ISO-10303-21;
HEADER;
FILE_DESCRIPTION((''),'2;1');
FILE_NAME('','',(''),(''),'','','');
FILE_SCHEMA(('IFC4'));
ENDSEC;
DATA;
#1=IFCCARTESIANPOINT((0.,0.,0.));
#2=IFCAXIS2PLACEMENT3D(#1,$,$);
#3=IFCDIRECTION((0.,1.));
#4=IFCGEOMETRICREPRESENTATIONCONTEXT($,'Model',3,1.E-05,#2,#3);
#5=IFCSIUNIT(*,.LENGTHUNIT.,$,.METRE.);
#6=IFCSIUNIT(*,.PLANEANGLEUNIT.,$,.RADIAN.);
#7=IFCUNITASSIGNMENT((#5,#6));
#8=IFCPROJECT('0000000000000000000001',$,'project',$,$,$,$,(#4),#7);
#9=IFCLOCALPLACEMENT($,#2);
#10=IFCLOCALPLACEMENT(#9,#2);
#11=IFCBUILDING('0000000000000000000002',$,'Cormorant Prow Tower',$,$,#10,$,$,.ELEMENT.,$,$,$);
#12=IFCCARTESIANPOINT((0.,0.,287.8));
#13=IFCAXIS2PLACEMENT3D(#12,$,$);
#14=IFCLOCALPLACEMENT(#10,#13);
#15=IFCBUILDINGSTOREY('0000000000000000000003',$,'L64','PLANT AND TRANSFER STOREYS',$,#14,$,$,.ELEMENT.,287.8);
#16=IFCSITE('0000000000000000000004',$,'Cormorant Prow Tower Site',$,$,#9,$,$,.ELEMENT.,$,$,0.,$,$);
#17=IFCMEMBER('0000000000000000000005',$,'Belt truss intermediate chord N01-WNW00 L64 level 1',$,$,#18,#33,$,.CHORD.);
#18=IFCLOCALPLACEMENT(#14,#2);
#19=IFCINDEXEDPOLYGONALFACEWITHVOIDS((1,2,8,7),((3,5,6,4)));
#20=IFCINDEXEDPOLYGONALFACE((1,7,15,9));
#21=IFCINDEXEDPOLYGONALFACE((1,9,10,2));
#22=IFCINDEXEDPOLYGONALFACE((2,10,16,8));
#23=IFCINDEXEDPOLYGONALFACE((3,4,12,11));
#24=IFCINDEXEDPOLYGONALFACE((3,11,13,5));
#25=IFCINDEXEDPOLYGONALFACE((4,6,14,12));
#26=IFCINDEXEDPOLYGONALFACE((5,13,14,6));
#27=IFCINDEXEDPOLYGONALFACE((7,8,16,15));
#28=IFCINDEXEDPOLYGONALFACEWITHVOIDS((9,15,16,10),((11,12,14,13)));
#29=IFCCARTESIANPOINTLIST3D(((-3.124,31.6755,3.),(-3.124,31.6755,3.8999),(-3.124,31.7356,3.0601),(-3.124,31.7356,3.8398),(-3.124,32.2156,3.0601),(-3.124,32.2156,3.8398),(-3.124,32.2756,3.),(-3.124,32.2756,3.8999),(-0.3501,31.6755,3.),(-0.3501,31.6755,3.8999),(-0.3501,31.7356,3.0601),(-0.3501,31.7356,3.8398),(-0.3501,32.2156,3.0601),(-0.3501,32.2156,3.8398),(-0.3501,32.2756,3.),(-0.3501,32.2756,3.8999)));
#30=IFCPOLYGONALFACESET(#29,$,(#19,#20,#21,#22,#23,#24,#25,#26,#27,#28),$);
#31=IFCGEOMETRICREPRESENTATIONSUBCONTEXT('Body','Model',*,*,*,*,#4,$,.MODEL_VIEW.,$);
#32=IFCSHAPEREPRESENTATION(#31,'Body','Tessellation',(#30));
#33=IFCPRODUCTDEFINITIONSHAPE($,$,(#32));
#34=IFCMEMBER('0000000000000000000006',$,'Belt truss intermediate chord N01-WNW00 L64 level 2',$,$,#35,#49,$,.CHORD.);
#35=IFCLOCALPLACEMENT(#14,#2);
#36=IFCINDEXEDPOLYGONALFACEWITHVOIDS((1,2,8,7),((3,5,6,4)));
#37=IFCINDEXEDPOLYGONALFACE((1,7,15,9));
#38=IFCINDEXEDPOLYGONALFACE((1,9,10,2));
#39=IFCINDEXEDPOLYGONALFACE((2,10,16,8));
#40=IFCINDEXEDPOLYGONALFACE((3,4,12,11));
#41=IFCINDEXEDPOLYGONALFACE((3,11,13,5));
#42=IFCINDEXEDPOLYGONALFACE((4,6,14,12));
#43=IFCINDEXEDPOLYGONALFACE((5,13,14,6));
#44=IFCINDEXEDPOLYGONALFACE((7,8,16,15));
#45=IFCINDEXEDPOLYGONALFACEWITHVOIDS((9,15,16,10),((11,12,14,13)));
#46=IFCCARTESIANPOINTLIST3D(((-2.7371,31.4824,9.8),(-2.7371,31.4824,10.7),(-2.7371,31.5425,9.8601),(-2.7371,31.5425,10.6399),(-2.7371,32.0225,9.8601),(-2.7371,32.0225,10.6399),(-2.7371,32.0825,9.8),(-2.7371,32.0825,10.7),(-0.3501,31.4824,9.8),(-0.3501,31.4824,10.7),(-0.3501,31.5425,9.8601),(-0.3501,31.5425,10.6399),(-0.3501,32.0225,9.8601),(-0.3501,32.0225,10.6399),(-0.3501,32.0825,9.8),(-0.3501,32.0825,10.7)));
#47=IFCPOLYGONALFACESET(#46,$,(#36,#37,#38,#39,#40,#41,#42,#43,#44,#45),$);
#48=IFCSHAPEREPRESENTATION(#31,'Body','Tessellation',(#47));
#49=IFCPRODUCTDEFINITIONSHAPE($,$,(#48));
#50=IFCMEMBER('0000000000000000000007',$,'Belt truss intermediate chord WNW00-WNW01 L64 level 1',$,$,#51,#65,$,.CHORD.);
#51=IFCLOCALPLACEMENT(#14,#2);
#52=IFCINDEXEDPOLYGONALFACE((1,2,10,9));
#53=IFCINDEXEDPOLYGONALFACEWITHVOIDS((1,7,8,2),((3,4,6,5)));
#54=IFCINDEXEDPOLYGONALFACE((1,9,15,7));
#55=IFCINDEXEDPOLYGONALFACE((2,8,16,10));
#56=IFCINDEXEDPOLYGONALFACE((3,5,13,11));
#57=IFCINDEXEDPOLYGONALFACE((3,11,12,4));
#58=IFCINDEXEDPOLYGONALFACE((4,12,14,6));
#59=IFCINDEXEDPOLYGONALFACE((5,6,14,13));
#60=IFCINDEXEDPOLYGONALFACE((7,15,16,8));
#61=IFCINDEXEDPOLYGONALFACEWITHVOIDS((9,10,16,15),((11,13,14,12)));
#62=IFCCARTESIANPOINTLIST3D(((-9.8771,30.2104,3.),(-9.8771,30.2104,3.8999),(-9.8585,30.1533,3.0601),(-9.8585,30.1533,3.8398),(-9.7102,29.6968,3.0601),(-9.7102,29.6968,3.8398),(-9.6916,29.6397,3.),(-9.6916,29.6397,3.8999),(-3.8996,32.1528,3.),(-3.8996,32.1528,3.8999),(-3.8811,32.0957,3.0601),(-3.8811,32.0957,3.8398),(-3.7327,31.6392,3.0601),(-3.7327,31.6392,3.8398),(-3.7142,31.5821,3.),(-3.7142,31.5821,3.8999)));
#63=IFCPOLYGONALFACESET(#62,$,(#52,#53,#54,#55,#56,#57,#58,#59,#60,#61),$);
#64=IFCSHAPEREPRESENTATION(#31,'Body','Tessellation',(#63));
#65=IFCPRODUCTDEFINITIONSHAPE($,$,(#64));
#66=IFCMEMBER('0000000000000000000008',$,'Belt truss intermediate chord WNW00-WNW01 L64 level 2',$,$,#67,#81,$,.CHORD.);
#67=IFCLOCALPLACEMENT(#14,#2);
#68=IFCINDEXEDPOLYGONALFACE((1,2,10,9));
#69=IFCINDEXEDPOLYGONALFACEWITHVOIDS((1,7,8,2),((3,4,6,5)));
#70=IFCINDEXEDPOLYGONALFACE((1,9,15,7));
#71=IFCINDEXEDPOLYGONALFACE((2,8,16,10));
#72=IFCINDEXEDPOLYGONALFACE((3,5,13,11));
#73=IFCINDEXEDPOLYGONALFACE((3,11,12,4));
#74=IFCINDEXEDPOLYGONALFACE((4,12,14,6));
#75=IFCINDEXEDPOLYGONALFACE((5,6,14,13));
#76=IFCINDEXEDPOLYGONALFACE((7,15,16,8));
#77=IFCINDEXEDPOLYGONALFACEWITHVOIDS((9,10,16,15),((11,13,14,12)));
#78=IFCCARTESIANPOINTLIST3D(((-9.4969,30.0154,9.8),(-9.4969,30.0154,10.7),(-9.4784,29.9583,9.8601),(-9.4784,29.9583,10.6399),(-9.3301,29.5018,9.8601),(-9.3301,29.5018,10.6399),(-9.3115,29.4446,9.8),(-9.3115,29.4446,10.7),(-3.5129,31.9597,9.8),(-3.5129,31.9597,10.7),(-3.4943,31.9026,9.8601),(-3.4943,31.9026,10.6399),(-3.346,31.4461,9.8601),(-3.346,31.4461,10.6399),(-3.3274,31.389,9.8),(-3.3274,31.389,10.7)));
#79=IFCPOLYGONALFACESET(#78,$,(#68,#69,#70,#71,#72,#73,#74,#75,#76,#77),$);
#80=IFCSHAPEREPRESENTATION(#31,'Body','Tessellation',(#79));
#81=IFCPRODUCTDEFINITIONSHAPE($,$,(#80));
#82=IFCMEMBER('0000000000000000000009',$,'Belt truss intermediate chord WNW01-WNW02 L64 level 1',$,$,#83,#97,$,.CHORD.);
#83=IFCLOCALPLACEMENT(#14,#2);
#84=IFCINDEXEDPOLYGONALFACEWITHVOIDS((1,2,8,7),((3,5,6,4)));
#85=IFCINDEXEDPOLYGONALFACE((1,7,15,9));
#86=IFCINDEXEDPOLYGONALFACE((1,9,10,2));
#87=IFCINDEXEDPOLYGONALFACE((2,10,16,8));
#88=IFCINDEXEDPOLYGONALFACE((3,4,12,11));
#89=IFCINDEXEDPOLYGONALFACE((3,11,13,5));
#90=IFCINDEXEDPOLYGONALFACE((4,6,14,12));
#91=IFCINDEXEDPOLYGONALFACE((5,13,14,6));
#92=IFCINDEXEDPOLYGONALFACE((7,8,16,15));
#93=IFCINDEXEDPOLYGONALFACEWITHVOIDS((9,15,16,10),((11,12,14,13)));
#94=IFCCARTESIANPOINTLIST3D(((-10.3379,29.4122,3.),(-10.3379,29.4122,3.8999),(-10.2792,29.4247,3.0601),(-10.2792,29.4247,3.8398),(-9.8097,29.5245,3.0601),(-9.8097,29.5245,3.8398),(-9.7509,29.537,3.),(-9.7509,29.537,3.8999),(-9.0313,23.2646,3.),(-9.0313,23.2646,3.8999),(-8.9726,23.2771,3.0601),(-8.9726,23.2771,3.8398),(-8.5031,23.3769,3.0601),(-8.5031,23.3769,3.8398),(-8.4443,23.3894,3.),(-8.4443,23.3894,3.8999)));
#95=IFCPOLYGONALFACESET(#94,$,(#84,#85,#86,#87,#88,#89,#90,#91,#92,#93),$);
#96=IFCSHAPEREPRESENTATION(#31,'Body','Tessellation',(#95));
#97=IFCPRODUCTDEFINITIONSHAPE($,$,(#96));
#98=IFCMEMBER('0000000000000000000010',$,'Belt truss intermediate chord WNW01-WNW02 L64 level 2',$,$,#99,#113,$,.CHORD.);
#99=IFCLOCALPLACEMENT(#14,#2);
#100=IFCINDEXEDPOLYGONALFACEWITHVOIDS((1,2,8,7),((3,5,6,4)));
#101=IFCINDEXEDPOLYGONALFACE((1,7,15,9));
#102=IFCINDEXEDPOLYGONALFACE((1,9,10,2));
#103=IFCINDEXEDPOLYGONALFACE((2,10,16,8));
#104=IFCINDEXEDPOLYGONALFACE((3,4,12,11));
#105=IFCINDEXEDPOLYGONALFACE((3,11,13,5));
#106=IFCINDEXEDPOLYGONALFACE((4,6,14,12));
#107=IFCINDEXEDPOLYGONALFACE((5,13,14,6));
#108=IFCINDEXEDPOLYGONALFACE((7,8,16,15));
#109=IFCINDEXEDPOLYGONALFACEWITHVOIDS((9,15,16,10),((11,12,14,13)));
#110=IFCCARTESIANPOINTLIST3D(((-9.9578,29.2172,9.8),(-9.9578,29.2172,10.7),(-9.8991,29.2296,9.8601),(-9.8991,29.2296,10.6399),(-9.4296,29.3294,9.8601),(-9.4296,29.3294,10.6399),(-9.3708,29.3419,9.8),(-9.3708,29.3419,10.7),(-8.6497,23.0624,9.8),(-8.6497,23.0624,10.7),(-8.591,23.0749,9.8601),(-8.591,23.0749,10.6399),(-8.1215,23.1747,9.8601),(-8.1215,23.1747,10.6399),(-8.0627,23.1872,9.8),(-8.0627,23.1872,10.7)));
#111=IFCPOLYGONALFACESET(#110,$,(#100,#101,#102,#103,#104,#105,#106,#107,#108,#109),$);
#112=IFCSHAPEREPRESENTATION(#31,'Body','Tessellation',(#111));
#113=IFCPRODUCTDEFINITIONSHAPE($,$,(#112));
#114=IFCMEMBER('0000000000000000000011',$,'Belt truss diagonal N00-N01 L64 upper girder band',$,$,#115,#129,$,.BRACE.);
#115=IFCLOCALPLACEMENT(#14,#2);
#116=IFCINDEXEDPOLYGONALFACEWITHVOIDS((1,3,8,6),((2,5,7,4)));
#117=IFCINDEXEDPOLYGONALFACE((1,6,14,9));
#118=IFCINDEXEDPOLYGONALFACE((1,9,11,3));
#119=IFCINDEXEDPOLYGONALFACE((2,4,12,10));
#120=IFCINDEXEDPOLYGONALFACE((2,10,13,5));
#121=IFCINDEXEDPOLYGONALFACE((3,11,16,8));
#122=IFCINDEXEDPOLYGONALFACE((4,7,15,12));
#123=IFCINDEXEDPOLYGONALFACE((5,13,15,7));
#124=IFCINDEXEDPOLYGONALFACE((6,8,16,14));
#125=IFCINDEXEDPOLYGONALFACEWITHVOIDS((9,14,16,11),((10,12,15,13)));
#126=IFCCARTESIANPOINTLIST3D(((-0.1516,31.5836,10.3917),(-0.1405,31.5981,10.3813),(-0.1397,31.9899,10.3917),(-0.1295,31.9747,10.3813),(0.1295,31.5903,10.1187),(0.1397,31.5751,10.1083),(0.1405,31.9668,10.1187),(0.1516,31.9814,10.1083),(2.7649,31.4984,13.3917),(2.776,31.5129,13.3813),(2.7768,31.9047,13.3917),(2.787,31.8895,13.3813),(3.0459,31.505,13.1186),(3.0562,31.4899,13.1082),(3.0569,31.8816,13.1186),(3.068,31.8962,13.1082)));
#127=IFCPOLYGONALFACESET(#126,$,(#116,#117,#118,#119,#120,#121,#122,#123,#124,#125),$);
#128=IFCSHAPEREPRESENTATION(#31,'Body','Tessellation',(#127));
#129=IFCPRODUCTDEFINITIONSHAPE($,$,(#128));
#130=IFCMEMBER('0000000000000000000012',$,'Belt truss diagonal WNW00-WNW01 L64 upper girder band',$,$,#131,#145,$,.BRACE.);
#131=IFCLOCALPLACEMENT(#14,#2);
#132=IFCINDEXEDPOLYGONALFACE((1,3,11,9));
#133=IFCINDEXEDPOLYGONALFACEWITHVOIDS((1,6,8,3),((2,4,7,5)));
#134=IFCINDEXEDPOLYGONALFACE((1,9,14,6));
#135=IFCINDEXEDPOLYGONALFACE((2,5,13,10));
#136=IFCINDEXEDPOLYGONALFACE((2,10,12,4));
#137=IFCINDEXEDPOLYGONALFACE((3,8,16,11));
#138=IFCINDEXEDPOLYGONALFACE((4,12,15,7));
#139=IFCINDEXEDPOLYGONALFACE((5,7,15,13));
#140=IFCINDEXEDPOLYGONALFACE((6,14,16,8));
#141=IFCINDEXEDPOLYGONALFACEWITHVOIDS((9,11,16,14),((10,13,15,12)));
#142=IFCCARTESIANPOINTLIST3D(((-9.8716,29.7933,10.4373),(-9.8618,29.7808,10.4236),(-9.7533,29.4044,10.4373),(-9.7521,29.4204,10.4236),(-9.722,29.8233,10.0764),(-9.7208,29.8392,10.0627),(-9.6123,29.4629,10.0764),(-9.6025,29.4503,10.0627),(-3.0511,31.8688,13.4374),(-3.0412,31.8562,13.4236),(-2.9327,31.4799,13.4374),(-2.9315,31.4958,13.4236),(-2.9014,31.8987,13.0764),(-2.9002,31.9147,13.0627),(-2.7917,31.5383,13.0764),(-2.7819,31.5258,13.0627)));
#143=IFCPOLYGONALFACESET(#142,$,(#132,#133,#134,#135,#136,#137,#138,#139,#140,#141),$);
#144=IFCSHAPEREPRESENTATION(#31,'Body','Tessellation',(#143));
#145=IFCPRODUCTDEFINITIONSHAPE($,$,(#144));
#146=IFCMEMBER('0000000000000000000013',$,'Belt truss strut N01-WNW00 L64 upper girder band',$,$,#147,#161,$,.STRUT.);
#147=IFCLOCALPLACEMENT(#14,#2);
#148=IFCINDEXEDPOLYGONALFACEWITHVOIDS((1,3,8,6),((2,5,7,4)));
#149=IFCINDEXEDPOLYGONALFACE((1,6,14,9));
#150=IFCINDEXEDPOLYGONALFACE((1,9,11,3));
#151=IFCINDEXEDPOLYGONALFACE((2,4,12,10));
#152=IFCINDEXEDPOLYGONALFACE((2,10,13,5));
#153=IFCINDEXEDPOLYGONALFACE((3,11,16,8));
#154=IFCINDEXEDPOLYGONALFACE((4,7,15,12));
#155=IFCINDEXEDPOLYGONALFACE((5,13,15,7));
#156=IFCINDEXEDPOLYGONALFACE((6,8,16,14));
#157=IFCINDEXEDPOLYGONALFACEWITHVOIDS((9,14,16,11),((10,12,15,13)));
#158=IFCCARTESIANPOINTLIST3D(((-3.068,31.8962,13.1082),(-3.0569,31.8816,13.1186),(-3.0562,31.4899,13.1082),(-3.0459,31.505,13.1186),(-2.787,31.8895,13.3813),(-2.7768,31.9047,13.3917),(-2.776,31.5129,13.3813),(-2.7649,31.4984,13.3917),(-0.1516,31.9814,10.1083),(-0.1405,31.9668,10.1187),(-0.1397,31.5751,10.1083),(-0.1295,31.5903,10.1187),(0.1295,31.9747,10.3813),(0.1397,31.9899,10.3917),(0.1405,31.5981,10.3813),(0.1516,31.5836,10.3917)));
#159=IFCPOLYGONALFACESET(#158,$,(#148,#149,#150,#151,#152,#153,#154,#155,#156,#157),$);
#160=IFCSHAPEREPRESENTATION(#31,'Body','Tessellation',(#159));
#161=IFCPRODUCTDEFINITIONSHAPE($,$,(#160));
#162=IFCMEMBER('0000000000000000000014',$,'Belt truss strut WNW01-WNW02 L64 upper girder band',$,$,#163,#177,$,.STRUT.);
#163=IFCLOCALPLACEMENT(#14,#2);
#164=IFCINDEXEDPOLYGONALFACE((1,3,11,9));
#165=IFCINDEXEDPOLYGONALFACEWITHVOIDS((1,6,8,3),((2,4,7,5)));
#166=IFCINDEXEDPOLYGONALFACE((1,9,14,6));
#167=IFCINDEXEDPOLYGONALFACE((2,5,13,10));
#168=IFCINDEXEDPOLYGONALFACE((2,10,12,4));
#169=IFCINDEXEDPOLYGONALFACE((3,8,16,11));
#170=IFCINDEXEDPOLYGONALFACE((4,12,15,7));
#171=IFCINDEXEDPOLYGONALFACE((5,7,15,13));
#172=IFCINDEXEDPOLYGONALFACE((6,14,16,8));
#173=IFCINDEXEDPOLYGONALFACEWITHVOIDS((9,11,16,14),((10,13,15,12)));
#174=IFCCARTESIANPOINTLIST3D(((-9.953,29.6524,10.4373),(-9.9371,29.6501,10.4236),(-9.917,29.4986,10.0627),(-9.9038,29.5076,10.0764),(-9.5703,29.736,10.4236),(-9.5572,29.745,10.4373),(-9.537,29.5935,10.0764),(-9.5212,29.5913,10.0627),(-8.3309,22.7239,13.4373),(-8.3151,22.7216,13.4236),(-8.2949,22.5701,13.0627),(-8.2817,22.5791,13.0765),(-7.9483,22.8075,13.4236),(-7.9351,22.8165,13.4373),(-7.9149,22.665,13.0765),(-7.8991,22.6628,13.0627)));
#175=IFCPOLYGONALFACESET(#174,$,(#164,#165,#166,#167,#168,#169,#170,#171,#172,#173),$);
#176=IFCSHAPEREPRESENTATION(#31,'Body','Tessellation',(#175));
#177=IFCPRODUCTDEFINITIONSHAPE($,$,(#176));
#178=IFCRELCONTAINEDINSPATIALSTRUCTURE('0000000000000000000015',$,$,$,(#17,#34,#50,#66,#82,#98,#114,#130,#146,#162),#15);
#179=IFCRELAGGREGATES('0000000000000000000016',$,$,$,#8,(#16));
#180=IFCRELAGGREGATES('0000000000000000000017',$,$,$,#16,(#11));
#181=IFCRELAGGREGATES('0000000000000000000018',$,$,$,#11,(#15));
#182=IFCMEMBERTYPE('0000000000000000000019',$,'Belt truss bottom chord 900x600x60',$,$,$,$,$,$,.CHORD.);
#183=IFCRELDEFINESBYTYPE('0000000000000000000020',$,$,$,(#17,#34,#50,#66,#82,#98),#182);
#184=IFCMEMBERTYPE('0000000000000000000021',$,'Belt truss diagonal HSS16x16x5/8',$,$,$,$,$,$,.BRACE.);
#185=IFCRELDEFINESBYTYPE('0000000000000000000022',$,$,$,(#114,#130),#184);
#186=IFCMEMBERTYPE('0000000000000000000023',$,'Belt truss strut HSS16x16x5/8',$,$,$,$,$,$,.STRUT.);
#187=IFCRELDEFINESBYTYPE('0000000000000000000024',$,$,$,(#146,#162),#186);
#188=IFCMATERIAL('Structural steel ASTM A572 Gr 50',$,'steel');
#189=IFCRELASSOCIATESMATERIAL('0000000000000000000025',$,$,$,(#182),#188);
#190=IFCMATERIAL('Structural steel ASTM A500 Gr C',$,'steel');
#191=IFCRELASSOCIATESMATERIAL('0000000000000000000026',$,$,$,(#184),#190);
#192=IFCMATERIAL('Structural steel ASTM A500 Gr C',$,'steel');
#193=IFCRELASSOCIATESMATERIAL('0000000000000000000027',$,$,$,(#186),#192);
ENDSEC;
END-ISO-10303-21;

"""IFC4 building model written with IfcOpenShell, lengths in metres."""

from ifc_helpers import new_model, si_unit, direction, frame, origin, origin_2d, place, context, subcontext, project, spatial, hollow_rectangle, extrude, material, material_profile, profile_set, type_object, element, save


model = new_model("IFC4")

# Units and contexts
model_context = context("Model", 3, precision=1e-05, world=origin(), true_north=direction((0.0, 1.0)))
body_context = subcontext(model_context, "Body", "Model", "MODEL_VIEW")
ifc_project = project(units=[si_unit("LENGTHUNIT", "METRE"), si_unit("PLANEANGLEUNIT", "RADIAN")], contexts=[model_context])

# Site, building, storey
site_placement = place(None, origin())
site = spatial("IfcSite", under=ifc_project, at=site_placement, Name="Cormorant Prow Tower Site", CompositionType="ELEMENT", RefElevation=0.0)
building_placement = place(site_placement, origin())
building = spatial("IfcBuilding", under=site, at=building_placement, Name="Cormorant Prow Tower", CompositionType="ELEMENT")
storey_placement = place(building_placement, frame((0.0, 0.0, 287.8)))
storey = spatial("IfcBuildingStorey", under=building, at=storey_placement, Name="L64", Description="PLANT AND TRANSFER STOREYS", CompositionType="ELEMENT", Elevation=287.8)

# Members
ifc_material_1 = material(Name="Structural steel ASTM A572 Gr 50", Category="steel")
ifc_material_profile_1 = material_profile(ifc_material_1, hollow_rectangle(XDim=0.6001, YDim=0.8999, WallThickness=0.0601, at=origin_2d()), Name="Box 900x600x60")
ifc_profile_set_1 = profile_set([ifc_material_profile_1], Name="Structural steel ASTM A572 Gr 50")
member_type_1 = type_object("IfcMemberType", Name="Belt truss bottom chord 900x600x60", PredefinedType="CHORD", material=ifc_profile_set_1)
member_1_placement = place(storey_placement, frame((-0.3501, 31.9756, 3.45), z_axis=(-1.0, 0.0, 0.0), x_axis=(0.0, -1.0, 0.0)))
element("IfcMember", 1, at=member_1_placement, inside=storey, type_object=member_type_1, Name="Belt truss intermediate chord N01-WNW00 L64 level 1", PredefinedType="CHORD", context=body_context, shape_type="SweptSolid", body=[
    extrude(hollow_rectangle(XDim=0.6001, YDim=0.8999, WallThickness=0.0601, at=origin_2d()), origin(), (0.0, 0.0, 1.0), 2.7739),
])
member_2_placement = place(storey_placement, frame((-0.3501, 31.7825, 10.25), z_axis=(-1.0, 0.0, 0.0), x_axis=(0.0, -1.0, 0.0)))
element("IfcMember", 2, at=member_2_placement, inside=storey, type_object=member_type_1, Name="Belt truss intermediate chord N01-WNW00 L64 level 2", PredefinedType="CHORD", context=body_context, shape_type="SweptSolid", body=[
    extrude(hollow_rectangle(XDim=0.6001, YDim=0.8999, WallThickness=0.0601, at=origin_2d()), origin(), (0.0, 0.0, 1.0), 2.387),
])
member_3_placement = place(storey_placement, frame((-3.8069, 31.8674, 3.45), z_axis=(-0.951049, -0.30904, 0.0), x_axis=(0.30904, -0.951049, 0.0)))
element("IfcMember", 3, at=member_3_placement, inside=storey, type_object=member_type_1, Name="Belt truss intermediate chord WNW00-WNW01 L64 level 1", PredefinedType="CHORD", context=body_context, shape_type="SweptSolid", body=[
    extrude(hollow_rectangle(XDim=0.6001, YDim=0.8999, WallThickness=0.0601, at=origin_2d()), origin(), (0.0, 0.0, 1.0), 6.2852),
])
member_4_placement = place(storey_placement, frame((-3.4202, 31.6743, 10.25), z_axis=(-0.951058, -0.309013, 0.0), x_axis=(0.309013, -0.951058, 0.0)))
element("IfcMember", 4, at=member_4_placement, inside=storey, type_object=member_type_1, Name="Belt truss intermediate chord WNW00-WNW01 L64 level 2", PredefinedType="CHORD", context=body_context, shape_type="SweptSolid", body=[
    extrude(hollow_rectangle(XDim=0.6001, YDim=0.8999, WallThickness=0.0601, at=origin_2d()), origin(), (0.0, 0.0, 1.0), 6.292),
])
member_5_placement = place(storey_placement, frame((-10.0444, 29.4746, 3.45), z_axis=(0.207897, -0.978151, 0.0), x_axis=(0.978151, 0.207897, 0.0)))
element("IfcMember", 5, at=member_5_placement, inside=storey, type_object=member_type_1, Name="Belt truss intermediate chord WNW01-WNW02 L64 level 1", PredefinedType="CHORD", context=body_context, shape_type="SweptSolid", body=[
    extrude(hollow_rectangle(XDim=0.6001, YDim=0.8999, WallThickness=0.0601, at=origin_2d()), origin(), (0.0, 0.0, 1.0), 6.2849),
])
member_6_placement = place(storey_placement, frame((-9.6643, 29.2795, 10.25), z_axis=(0.207891, -0.978152, 0.0), x_axis=(0.978152, 0.207891, 0.0)))
element("IfcMember", 6, at=member_6_placement, inside=storey, type_object=member_type_1, Name="Belt truss intermediate chord WNW01-WNW02 L64 level 2", PredefinedType="CHORD", context=body_context, shape_type="SweptSolid", body=[
    extrude(hollow_rectangle(XDim=0.6001, YDim=0.8999, WallThickness=0.0601, at=origin_2d()), origin(), (0.0, 0.0, 1.0), 6.2922),
])
ifc_material_2 = material(Name="Structural steel ASTM A500 Gr C", Category="steel")
ifc_material_profile_2 = material_profile(ifc_material_2, hollow_rectangle(XDim=0.4065, YDim=0.4065, WallThickness=0.0149, at=origin_2d()), Name="HSS16x16x5/8")
ifc_profile_set_2 = profile_set([ifc_material_profile_2], Name="Structural steel ASTM A500 Gr C")
member_type_2 = type_object("IfcMemberType", Name="Belt truss diagonal HSS16x16x5/8", PredefinedType="BRACE", material=ifc_profile_set_2)
member_7_placement = place(storey_placement, frame((0.0, 31.7825, 10.25), z_axis=(0.696914, -0.02036, 0.716866), x_axis=(0.029202, 0.999574, 0.0)))
element("IfcMember", 7, at=member_7_placement, inside=storey, type_object=member_type_2, Name="Belt truss diagonal N00-N01 L64 upper girder band", PredefinedType="BRACE", context=body_context, shape_type="SweptSolid", body=[
    extrude(hollow_rectangle(XDim=0.4065, YDim=0.4065, WallThickness=0.0149, at=origin_2d()), origin(), (0.0, 0.0, 1.0), 4.1848),
])
member_8_placement = place(storey_placement, frame((-9.7371, 29.6218, 10.25), z_axis=(0.881799, 0.268324, 0.387856), x_axis=(-0.291113, 0.956689, 0.0)))
element("IfcMember", 8, at=member_8_placement, inside=storey, type_object=member_type_2, Name="Belt truss diagonal WNW00-WNW01 L64 upper girder band", PredefinedType="BRACE", context=body_context, shape_type="SweptSolid", body=[
    extrude(hollow_rectangle(XDim=0.4065, YDim=0.4065, WallThickness=0.0149, at=origin_2d()), origin(), (0.0, 0.0, 1.0), 7.7349),
])
ifc_material_3 = material(Name="Structural steel ASTM A500 Gr C", Category="steel")
ifc_material_profile_3 = material_profile(ifc_material_3, hollow_rectangle(XDim=0.4065, YDim=0.4065, WallThickness=0.0149, at=origin_2d()), Name="HSS16x16x5/8")
ifc_profile_set_3 = profile_set([ifc_material_profile_3], Name="Structural steel ASTM A500 Gr C")
member_type_3 = type_object("IfcMemberType", Name="Belt truss strut HSS16x16x5/8", PredefinedType="STRUT", material=ifc_profile_set_3)
member_9_placement = place(storey_placement, frame((0.0, 31.7825, 10.25), z_axis=(-0.696914, -0.02036, 0.716866), x_axis=(0.029202, -0.999574, 0.0)))
element("IfcMember", 9, at=member_9_placement, inside=storey, type_object=member_type_3, Name="Belt truss strut N01-WNW00 L64 upper girder band", PredefinedType="STRUT", context=body_context, shape_type="SweptSolid", body=[
    extrude(hollow_rectangle(XDim=0.4065, YDim=0.4065, WallThickness=0.0149, at=origin_2d()), origin(), (0.0, 0.0, 1.0), 4.1848),
])
member_10_placement = place(storey_placement, frame((-9.7371, 29.6218, 10.25), z_axis=(0.210049, -0.897196, 0.388483), x_axis=(0.973672, 0.227953, 0.0)))
element("IfcMember", 10, at=member_10_placement, inside=storey, type_object=member_type_3, Name="Belt truss strut WNW01-WNW02 L64 upper girder band", PredefinedType="STRUT", context=body_context, shape_type="SweptSolid", body=[
    extrude(hollow_rectangle(XDim=0.4065, YDim=0.4065, WallThickness=0.0149, at=origin_2d()), origin(), (0.0, 0.0, 1.0), 7.7224),
])

save(model, "model.ifc")
